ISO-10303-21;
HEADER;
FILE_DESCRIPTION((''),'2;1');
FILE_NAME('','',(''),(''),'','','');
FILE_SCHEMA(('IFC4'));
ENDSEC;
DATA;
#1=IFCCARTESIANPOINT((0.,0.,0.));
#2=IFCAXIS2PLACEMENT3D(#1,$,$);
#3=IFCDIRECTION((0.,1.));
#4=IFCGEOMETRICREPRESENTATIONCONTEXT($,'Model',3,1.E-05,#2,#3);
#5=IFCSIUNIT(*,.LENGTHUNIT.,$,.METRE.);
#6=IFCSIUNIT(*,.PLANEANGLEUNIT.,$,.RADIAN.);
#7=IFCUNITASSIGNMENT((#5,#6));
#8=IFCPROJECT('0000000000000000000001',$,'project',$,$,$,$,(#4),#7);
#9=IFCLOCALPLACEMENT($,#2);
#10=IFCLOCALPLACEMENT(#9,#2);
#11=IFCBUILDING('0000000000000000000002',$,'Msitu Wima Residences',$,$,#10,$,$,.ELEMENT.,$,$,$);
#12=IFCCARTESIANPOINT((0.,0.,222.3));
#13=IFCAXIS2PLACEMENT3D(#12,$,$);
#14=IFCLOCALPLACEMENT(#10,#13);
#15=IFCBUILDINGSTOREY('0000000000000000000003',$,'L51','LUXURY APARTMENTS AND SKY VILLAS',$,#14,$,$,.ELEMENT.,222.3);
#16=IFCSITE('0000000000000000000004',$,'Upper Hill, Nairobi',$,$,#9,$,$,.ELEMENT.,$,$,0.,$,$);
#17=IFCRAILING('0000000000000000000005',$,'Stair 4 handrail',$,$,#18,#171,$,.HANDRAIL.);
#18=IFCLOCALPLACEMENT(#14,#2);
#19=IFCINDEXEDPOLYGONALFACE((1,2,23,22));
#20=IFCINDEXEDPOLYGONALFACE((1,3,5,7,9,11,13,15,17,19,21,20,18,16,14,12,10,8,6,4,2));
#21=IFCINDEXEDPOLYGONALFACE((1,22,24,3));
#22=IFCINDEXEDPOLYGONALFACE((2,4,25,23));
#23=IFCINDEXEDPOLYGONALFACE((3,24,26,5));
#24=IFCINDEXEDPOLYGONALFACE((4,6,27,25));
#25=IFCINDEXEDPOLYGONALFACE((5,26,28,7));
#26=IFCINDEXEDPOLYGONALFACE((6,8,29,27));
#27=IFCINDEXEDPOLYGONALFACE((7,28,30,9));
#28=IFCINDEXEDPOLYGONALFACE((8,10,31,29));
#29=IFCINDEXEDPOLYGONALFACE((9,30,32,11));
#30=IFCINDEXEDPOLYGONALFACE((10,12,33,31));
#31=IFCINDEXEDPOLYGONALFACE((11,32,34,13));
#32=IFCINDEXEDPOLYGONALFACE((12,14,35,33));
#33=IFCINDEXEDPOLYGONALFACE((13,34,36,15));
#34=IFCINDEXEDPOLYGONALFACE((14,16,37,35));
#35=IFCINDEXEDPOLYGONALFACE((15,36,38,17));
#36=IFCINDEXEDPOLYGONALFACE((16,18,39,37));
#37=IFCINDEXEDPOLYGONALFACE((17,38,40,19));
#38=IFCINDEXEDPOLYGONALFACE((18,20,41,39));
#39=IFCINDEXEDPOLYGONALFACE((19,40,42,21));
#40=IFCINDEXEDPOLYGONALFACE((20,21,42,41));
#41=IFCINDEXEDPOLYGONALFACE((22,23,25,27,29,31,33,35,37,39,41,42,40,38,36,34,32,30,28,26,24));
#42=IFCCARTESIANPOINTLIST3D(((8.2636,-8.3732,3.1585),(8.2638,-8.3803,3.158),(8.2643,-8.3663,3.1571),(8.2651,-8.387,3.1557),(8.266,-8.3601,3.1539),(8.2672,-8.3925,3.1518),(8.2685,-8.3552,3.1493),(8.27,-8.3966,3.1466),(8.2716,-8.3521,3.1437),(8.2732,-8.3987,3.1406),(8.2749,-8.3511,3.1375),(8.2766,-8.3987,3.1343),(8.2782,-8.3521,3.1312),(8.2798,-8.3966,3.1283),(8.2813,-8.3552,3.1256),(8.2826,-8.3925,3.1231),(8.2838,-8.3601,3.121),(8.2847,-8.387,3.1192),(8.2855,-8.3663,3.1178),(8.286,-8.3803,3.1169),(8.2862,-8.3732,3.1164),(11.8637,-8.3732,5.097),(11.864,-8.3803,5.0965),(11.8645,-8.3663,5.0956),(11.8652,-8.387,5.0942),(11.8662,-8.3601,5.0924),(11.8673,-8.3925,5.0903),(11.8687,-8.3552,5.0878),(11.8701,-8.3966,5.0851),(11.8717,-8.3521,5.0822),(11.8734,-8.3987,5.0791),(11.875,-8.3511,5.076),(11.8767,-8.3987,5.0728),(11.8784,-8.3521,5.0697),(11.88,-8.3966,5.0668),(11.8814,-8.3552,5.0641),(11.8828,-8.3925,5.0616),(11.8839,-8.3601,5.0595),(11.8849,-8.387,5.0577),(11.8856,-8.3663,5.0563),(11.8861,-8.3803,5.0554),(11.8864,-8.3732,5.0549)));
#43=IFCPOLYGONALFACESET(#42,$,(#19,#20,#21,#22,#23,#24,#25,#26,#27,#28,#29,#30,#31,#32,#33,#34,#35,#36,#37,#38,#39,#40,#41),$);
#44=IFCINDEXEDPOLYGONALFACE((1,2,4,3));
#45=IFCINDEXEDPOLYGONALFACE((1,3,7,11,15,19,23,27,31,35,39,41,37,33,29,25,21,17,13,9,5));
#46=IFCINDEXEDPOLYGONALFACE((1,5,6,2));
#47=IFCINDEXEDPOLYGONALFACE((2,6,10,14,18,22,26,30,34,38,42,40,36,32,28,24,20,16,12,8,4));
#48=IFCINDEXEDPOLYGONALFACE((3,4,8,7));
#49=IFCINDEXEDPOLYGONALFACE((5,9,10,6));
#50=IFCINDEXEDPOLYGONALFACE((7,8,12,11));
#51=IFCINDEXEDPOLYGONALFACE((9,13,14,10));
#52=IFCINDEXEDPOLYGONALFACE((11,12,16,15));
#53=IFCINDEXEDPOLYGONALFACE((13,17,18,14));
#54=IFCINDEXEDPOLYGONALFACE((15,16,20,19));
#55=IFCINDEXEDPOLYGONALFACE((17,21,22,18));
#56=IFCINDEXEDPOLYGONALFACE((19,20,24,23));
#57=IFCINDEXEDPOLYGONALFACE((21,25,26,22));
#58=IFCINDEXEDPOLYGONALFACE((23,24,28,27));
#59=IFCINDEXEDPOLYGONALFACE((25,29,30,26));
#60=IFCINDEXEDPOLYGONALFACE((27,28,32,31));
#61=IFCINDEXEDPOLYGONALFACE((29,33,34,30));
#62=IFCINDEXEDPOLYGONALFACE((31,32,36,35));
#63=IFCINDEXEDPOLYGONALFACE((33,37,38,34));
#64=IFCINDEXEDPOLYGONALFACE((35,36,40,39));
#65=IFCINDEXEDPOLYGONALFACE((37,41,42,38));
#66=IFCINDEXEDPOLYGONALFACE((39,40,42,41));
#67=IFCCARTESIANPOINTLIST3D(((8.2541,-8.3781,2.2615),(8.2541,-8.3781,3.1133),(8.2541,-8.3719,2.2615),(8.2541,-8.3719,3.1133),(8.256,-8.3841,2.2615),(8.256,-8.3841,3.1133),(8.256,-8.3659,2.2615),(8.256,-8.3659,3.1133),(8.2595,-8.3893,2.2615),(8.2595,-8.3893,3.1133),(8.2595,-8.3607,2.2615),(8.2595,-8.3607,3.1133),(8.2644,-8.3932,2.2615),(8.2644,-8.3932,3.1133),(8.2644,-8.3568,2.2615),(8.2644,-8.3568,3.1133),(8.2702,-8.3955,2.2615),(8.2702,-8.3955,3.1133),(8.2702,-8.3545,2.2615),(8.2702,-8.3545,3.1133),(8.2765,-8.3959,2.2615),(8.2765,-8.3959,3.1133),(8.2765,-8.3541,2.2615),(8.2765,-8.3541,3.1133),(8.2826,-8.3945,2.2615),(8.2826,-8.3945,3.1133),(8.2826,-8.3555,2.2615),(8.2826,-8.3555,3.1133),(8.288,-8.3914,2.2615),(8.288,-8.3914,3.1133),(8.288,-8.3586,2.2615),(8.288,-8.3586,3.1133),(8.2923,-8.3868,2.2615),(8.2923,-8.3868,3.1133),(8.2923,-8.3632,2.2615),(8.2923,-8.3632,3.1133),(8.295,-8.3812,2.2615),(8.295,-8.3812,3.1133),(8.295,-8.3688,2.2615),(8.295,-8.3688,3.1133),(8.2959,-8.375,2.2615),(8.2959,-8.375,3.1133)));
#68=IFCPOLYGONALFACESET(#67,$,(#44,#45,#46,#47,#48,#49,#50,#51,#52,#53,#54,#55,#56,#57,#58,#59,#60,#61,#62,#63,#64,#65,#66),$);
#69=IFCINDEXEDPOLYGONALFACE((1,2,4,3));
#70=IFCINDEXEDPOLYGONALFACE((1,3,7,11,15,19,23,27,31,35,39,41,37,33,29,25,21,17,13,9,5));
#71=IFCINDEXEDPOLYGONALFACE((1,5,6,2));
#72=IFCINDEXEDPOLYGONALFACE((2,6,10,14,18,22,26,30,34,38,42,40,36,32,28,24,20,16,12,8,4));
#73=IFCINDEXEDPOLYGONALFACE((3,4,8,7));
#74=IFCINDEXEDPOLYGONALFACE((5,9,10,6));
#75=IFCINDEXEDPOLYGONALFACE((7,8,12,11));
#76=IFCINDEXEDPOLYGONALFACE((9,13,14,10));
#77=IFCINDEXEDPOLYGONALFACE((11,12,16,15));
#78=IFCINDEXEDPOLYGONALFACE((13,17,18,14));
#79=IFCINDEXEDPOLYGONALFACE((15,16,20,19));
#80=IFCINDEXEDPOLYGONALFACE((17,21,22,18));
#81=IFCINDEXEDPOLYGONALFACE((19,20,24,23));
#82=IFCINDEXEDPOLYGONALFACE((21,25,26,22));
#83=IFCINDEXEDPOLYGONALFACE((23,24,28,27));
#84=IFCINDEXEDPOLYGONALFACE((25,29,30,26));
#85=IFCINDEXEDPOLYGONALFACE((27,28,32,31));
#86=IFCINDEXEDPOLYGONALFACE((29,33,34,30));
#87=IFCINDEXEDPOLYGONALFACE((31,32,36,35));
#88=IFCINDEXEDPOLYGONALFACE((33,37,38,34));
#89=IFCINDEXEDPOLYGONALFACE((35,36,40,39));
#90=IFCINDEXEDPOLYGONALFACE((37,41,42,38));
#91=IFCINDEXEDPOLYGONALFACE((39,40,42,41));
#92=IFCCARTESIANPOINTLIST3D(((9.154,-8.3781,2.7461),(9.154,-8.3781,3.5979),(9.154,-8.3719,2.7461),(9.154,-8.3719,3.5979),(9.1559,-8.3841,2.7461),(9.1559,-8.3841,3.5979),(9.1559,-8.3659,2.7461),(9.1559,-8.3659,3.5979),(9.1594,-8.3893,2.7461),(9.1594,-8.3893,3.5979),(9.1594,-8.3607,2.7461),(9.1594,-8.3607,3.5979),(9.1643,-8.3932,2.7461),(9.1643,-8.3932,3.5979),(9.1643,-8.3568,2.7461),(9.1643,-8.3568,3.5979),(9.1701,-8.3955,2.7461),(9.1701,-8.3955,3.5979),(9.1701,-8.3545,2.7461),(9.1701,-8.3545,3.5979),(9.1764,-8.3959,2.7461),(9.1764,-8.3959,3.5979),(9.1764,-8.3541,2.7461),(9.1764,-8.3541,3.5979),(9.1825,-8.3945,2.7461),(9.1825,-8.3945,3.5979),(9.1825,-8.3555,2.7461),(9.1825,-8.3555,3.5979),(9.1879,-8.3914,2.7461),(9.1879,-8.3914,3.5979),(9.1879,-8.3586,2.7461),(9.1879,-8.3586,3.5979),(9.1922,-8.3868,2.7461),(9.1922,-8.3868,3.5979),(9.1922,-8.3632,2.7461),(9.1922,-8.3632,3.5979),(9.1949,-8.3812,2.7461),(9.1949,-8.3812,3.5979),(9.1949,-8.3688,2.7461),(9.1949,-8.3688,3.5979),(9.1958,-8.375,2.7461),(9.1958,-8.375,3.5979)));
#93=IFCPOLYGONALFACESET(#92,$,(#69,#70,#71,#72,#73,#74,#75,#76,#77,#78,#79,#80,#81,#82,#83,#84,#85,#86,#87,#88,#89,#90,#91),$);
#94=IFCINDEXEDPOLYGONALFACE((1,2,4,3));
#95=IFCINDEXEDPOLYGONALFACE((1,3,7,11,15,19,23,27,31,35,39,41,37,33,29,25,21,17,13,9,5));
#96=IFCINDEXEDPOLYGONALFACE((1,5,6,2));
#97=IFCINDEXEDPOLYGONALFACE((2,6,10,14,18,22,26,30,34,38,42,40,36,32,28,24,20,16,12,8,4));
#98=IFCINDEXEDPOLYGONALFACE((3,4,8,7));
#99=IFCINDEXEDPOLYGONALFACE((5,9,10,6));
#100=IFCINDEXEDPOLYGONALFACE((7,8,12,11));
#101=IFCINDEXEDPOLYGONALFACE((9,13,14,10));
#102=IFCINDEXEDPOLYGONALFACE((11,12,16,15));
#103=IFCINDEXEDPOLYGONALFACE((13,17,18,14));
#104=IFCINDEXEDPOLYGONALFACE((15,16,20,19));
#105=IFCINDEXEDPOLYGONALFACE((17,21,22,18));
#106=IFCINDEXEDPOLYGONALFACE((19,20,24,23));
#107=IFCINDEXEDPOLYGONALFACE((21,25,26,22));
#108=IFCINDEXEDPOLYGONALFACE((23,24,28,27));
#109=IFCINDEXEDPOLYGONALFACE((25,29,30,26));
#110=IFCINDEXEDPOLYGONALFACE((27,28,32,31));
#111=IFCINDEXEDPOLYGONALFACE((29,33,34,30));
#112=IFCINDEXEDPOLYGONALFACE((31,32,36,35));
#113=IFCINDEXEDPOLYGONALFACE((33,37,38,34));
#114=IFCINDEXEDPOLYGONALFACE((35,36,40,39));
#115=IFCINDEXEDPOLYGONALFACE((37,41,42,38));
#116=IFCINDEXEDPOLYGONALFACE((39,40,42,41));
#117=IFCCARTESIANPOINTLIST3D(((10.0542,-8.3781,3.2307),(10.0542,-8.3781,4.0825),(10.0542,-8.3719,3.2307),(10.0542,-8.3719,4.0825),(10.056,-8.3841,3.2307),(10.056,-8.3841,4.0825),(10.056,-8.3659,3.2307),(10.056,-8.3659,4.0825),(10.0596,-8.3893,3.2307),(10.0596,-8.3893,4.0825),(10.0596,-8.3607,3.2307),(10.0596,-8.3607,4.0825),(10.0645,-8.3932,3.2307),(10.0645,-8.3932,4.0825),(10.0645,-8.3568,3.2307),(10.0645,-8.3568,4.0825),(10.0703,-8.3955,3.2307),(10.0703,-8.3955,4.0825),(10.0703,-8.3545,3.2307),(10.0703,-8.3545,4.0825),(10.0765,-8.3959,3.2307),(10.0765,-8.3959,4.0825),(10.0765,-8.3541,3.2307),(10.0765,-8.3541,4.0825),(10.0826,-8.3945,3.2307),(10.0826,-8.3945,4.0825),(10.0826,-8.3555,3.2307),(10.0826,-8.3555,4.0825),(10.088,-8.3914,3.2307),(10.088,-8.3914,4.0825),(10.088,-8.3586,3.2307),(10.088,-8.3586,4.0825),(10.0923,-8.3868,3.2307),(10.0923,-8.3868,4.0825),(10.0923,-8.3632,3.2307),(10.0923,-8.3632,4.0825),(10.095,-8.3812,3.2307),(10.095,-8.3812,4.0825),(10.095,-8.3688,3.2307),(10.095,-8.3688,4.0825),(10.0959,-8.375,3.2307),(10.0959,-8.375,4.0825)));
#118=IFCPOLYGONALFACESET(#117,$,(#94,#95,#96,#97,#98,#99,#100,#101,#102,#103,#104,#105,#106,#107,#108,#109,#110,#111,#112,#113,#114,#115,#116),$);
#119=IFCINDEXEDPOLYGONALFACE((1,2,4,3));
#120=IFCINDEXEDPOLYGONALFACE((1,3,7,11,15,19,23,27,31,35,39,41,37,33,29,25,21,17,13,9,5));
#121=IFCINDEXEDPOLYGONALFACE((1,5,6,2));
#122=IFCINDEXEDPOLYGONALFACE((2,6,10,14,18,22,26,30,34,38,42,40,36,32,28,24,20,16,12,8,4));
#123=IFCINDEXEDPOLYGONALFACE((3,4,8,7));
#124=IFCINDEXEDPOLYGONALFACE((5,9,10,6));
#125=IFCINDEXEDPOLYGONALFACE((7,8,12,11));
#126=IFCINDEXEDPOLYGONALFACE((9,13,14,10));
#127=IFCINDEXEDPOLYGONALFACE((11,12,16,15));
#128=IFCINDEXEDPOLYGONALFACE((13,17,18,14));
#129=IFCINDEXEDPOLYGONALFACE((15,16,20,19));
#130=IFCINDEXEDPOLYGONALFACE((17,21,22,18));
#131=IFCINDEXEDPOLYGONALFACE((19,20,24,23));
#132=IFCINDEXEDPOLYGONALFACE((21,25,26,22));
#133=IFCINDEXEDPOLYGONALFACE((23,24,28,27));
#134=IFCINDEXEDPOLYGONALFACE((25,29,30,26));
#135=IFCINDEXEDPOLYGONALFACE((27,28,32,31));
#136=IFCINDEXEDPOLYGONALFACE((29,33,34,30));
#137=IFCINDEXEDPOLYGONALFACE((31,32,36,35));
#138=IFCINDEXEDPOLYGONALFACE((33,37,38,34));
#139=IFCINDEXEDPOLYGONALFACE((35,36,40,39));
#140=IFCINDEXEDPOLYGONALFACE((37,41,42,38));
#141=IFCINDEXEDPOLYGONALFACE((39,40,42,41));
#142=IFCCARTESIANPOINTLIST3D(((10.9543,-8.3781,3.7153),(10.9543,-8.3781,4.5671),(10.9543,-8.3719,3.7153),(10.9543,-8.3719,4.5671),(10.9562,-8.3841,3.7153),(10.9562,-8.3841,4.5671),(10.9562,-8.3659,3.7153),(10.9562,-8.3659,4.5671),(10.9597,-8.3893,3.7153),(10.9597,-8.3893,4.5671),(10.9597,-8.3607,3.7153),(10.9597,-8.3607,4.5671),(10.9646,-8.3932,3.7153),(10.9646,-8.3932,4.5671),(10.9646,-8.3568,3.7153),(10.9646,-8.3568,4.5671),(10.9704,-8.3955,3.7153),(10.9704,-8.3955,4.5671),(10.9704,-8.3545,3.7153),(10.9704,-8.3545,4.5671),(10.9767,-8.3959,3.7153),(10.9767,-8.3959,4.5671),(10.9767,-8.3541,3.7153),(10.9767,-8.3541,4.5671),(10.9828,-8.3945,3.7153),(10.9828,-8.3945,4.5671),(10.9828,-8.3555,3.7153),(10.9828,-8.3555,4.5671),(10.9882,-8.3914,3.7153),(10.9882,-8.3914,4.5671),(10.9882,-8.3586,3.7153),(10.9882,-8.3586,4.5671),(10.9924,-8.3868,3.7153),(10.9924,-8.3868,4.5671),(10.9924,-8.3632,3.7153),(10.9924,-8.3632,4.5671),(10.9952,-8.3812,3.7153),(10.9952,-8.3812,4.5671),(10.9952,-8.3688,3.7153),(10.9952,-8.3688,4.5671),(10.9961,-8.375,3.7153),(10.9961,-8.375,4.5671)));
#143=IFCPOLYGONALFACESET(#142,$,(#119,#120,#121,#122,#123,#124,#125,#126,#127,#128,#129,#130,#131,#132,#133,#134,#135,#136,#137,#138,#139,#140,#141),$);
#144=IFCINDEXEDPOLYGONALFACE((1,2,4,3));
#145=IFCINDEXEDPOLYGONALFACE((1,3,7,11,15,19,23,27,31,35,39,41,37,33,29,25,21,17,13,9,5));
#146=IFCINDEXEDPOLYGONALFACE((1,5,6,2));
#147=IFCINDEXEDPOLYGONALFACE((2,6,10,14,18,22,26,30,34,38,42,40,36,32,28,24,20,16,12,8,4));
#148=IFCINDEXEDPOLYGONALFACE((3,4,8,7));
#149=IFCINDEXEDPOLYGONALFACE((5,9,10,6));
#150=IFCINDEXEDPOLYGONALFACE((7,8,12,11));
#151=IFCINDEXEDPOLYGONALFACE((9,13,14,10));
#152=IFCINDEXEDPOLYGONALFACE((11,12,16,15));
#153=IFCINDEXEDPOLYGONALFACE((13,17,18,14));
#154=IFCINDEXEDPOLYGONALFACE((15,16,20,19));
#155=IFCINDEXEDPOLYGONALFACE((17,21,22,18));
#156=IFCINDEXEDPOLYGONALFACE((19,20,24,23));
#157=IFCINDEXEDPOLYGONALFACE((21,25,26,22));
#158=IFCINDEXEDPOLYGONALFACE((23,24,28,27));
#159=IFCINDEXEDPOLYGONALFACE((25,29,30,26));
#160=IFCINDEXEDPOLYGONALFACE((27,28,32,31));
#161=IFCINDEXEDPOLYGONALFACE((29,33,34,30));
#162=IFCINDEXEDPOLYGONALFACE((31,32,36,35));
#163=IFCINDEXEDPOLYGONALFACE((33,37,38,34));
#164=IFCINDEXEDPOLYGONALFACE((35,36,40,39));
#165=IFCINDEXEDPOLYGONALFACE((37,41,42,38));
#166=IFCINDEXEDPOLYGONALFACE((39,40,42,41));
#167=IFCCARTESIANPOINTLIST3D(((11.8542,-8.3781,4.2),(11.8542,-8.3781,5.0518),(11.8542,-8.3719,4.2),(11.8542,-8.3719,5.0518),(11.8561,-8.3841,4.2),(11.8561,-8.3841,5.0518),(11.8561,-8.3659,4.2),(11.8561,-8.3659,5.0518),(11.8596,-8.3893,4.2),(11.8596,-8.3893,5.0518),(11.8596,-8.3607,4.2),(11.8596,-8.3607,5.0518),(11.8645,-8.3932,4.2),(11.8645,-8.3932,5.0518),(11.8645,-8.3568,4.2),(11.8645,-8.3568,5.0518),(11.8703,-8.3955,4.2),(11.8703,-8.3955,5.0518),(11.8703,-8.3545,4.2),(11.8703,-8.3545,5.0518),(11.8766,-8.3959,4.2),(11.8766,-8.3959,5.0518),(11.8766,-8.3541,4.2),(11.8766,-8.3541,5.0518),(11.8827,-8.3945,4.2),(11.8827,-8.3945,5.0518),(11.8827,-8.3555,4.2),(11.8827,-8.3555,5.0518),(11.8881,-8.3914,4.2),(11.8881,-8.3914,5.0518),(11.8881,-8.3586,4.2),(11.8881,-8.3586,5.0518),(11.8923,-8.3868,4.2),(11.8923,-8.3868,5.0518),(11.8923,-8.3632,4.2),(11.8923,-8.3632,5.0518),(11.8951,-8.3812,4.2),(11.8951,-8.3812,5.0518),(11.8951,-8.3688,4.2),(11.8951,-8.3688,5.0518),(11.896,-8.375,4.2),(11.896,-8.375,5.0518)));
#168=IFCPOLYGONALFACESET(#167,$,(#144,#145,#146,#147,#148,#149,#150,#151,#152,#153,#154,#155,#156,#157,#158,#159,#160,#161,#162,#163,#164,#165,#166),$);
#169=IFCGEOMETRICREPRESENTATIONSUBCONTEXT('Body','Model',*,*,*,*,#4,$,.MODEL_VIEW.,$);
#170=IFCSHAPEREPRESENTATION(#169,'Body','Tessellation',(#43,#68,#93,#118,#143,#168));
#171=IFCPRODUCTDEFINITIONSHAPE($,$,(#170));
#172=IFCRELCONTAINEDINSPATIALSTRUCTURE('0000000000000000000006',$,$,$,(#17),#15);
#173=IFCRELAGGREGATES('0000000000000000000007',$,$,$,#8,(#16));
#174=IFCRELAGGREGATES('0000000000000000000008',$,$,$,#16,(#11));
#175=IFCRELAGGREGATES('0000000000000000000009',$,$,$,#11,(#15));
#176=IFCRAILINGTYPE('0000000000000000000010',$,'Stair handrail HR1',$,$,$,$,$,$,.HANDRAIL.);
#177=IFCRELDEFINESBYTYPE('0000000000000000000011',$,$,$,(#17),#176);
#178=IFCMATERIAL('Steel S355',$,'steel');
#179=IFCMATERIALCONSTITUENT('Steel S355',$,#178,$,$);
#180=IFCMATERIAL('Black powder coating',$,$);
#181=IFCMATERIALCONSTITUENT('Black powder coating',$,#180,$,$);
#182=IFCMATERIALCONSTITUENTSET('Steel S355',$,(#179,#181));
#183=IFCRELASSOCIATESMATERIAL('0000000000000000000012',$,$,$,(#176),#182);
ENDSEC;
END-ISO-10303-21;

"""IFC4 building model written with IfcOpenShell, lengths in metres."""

from ifc_helpers import new_model, si_unit, direction, frame, origin, origin_2d, place, context, subcontext, project, spatial, circle, extrude, material, constituent, constituent_set, type_object, element, save


model = new_model("IFC4")

# Units and contexts
model_context = context("Model", 3, precision=1e-05, world=origin(), true_north=direction((0.0, 1.0)))
body_context = subcontext(model_context, "Body", "Model", "MODEL_VIEW")
ifc_project = project(units=[si_unit("LENGTHUNIT", "METRE"), si_unit("PLANEANGLEUNIT", "RADIAN")], contexts=[model_context])

# Site, building, storey
site_placement = place(None, origin())
site = spatial("IfcSite", under=ifc_project, at=site_placement, Name="Upper Hill, Nairobi", CompositionType="ELEMENT", RefElevation=0.0)
building_placement = place(site_placement, origin())
building = spatial("IfcBuilding", under=site, at=building_placement, Name="Msitu Wima Residences", CompositionType="ELEMENT")
storey_placement = place(building_placement, frame((0.0, 0.0, 222.3)))
storey = spatial("IfcBuildingStorey", under=building, at=storey_placement, Name="L51", Description="LUXURY APARTMENTS AND SKY VILLAS", CompositionType="ELEMENT", Elevation=222.3)

# Railing
ifc_material_1 = material(Name="Steel S355", Category="steel")
ifc_constituent_1 = constituent(ifc_material_1, Name="Steel S355")
ifc_material_2 = material(Name="Black powder coating")
ifc_constituent_2 = constituent(ifc_material_2, Name="Black powder coating")
ifc_constituent_set = constituent_set(constituents=[ifc_constituent_1, ifc_constituent_2], Name="Steel S355")
railing_type = type_object("IfcRailingType", Name="Stair handrail HR1", PredefinedType="HANDRAIL", material=ifc_constituent_set)
for number, where, name in (
    (1, (8.2749, -8.375, 2.2615), "Stair 4 handrail"),
):
    element("IfcRailing", number, at=place(storey_placement, frame(where)), inside=storey, type_object=railing_type, Name=name, PredefinedType="HANDRAIL", context=body_context, shape_type="SweptSolid", body=[
        extrude(circle(Radius=0.0239, at=origin_2d()), frame((0.0, 0.0, 0.876), z_axis=(0.880475, 0.0, 0.474093), x_axis=(0.0, 1.0, 0.0)), (0.0, 0.0, 1.0), 4.0889),
        extrude(circle(Radius=0.021, at=origin_2d()), origin(), (0.0, 0.0, 1.0), 0.8518),
        extrude(circle(Radius=0.021, at=origin_2d()), frame((0.8999, 0.0, 0.4846)), (0.0, 0.0, 1.0), 0.8518),
        extrude(circle(Radius=0.021, at=origin_2d()), frame((1.8, 0.0, 0.9692)), (0.0, 0.0, 1.0), 0.8518),
        extrude(circle(Radius=0.021, at=origin_2d()), frame((2.7002, 0.0, 1.4539)), (0.0, 0.0, 1.0), 0.8518),
        extrude(circle(Radius=0.021, at=origin_2d()), frame((3.6001, 0.0, 1.9385)), (0.0, 0.0, 1.0), 0.8518),
    ])

save(model, "model.ifc")
